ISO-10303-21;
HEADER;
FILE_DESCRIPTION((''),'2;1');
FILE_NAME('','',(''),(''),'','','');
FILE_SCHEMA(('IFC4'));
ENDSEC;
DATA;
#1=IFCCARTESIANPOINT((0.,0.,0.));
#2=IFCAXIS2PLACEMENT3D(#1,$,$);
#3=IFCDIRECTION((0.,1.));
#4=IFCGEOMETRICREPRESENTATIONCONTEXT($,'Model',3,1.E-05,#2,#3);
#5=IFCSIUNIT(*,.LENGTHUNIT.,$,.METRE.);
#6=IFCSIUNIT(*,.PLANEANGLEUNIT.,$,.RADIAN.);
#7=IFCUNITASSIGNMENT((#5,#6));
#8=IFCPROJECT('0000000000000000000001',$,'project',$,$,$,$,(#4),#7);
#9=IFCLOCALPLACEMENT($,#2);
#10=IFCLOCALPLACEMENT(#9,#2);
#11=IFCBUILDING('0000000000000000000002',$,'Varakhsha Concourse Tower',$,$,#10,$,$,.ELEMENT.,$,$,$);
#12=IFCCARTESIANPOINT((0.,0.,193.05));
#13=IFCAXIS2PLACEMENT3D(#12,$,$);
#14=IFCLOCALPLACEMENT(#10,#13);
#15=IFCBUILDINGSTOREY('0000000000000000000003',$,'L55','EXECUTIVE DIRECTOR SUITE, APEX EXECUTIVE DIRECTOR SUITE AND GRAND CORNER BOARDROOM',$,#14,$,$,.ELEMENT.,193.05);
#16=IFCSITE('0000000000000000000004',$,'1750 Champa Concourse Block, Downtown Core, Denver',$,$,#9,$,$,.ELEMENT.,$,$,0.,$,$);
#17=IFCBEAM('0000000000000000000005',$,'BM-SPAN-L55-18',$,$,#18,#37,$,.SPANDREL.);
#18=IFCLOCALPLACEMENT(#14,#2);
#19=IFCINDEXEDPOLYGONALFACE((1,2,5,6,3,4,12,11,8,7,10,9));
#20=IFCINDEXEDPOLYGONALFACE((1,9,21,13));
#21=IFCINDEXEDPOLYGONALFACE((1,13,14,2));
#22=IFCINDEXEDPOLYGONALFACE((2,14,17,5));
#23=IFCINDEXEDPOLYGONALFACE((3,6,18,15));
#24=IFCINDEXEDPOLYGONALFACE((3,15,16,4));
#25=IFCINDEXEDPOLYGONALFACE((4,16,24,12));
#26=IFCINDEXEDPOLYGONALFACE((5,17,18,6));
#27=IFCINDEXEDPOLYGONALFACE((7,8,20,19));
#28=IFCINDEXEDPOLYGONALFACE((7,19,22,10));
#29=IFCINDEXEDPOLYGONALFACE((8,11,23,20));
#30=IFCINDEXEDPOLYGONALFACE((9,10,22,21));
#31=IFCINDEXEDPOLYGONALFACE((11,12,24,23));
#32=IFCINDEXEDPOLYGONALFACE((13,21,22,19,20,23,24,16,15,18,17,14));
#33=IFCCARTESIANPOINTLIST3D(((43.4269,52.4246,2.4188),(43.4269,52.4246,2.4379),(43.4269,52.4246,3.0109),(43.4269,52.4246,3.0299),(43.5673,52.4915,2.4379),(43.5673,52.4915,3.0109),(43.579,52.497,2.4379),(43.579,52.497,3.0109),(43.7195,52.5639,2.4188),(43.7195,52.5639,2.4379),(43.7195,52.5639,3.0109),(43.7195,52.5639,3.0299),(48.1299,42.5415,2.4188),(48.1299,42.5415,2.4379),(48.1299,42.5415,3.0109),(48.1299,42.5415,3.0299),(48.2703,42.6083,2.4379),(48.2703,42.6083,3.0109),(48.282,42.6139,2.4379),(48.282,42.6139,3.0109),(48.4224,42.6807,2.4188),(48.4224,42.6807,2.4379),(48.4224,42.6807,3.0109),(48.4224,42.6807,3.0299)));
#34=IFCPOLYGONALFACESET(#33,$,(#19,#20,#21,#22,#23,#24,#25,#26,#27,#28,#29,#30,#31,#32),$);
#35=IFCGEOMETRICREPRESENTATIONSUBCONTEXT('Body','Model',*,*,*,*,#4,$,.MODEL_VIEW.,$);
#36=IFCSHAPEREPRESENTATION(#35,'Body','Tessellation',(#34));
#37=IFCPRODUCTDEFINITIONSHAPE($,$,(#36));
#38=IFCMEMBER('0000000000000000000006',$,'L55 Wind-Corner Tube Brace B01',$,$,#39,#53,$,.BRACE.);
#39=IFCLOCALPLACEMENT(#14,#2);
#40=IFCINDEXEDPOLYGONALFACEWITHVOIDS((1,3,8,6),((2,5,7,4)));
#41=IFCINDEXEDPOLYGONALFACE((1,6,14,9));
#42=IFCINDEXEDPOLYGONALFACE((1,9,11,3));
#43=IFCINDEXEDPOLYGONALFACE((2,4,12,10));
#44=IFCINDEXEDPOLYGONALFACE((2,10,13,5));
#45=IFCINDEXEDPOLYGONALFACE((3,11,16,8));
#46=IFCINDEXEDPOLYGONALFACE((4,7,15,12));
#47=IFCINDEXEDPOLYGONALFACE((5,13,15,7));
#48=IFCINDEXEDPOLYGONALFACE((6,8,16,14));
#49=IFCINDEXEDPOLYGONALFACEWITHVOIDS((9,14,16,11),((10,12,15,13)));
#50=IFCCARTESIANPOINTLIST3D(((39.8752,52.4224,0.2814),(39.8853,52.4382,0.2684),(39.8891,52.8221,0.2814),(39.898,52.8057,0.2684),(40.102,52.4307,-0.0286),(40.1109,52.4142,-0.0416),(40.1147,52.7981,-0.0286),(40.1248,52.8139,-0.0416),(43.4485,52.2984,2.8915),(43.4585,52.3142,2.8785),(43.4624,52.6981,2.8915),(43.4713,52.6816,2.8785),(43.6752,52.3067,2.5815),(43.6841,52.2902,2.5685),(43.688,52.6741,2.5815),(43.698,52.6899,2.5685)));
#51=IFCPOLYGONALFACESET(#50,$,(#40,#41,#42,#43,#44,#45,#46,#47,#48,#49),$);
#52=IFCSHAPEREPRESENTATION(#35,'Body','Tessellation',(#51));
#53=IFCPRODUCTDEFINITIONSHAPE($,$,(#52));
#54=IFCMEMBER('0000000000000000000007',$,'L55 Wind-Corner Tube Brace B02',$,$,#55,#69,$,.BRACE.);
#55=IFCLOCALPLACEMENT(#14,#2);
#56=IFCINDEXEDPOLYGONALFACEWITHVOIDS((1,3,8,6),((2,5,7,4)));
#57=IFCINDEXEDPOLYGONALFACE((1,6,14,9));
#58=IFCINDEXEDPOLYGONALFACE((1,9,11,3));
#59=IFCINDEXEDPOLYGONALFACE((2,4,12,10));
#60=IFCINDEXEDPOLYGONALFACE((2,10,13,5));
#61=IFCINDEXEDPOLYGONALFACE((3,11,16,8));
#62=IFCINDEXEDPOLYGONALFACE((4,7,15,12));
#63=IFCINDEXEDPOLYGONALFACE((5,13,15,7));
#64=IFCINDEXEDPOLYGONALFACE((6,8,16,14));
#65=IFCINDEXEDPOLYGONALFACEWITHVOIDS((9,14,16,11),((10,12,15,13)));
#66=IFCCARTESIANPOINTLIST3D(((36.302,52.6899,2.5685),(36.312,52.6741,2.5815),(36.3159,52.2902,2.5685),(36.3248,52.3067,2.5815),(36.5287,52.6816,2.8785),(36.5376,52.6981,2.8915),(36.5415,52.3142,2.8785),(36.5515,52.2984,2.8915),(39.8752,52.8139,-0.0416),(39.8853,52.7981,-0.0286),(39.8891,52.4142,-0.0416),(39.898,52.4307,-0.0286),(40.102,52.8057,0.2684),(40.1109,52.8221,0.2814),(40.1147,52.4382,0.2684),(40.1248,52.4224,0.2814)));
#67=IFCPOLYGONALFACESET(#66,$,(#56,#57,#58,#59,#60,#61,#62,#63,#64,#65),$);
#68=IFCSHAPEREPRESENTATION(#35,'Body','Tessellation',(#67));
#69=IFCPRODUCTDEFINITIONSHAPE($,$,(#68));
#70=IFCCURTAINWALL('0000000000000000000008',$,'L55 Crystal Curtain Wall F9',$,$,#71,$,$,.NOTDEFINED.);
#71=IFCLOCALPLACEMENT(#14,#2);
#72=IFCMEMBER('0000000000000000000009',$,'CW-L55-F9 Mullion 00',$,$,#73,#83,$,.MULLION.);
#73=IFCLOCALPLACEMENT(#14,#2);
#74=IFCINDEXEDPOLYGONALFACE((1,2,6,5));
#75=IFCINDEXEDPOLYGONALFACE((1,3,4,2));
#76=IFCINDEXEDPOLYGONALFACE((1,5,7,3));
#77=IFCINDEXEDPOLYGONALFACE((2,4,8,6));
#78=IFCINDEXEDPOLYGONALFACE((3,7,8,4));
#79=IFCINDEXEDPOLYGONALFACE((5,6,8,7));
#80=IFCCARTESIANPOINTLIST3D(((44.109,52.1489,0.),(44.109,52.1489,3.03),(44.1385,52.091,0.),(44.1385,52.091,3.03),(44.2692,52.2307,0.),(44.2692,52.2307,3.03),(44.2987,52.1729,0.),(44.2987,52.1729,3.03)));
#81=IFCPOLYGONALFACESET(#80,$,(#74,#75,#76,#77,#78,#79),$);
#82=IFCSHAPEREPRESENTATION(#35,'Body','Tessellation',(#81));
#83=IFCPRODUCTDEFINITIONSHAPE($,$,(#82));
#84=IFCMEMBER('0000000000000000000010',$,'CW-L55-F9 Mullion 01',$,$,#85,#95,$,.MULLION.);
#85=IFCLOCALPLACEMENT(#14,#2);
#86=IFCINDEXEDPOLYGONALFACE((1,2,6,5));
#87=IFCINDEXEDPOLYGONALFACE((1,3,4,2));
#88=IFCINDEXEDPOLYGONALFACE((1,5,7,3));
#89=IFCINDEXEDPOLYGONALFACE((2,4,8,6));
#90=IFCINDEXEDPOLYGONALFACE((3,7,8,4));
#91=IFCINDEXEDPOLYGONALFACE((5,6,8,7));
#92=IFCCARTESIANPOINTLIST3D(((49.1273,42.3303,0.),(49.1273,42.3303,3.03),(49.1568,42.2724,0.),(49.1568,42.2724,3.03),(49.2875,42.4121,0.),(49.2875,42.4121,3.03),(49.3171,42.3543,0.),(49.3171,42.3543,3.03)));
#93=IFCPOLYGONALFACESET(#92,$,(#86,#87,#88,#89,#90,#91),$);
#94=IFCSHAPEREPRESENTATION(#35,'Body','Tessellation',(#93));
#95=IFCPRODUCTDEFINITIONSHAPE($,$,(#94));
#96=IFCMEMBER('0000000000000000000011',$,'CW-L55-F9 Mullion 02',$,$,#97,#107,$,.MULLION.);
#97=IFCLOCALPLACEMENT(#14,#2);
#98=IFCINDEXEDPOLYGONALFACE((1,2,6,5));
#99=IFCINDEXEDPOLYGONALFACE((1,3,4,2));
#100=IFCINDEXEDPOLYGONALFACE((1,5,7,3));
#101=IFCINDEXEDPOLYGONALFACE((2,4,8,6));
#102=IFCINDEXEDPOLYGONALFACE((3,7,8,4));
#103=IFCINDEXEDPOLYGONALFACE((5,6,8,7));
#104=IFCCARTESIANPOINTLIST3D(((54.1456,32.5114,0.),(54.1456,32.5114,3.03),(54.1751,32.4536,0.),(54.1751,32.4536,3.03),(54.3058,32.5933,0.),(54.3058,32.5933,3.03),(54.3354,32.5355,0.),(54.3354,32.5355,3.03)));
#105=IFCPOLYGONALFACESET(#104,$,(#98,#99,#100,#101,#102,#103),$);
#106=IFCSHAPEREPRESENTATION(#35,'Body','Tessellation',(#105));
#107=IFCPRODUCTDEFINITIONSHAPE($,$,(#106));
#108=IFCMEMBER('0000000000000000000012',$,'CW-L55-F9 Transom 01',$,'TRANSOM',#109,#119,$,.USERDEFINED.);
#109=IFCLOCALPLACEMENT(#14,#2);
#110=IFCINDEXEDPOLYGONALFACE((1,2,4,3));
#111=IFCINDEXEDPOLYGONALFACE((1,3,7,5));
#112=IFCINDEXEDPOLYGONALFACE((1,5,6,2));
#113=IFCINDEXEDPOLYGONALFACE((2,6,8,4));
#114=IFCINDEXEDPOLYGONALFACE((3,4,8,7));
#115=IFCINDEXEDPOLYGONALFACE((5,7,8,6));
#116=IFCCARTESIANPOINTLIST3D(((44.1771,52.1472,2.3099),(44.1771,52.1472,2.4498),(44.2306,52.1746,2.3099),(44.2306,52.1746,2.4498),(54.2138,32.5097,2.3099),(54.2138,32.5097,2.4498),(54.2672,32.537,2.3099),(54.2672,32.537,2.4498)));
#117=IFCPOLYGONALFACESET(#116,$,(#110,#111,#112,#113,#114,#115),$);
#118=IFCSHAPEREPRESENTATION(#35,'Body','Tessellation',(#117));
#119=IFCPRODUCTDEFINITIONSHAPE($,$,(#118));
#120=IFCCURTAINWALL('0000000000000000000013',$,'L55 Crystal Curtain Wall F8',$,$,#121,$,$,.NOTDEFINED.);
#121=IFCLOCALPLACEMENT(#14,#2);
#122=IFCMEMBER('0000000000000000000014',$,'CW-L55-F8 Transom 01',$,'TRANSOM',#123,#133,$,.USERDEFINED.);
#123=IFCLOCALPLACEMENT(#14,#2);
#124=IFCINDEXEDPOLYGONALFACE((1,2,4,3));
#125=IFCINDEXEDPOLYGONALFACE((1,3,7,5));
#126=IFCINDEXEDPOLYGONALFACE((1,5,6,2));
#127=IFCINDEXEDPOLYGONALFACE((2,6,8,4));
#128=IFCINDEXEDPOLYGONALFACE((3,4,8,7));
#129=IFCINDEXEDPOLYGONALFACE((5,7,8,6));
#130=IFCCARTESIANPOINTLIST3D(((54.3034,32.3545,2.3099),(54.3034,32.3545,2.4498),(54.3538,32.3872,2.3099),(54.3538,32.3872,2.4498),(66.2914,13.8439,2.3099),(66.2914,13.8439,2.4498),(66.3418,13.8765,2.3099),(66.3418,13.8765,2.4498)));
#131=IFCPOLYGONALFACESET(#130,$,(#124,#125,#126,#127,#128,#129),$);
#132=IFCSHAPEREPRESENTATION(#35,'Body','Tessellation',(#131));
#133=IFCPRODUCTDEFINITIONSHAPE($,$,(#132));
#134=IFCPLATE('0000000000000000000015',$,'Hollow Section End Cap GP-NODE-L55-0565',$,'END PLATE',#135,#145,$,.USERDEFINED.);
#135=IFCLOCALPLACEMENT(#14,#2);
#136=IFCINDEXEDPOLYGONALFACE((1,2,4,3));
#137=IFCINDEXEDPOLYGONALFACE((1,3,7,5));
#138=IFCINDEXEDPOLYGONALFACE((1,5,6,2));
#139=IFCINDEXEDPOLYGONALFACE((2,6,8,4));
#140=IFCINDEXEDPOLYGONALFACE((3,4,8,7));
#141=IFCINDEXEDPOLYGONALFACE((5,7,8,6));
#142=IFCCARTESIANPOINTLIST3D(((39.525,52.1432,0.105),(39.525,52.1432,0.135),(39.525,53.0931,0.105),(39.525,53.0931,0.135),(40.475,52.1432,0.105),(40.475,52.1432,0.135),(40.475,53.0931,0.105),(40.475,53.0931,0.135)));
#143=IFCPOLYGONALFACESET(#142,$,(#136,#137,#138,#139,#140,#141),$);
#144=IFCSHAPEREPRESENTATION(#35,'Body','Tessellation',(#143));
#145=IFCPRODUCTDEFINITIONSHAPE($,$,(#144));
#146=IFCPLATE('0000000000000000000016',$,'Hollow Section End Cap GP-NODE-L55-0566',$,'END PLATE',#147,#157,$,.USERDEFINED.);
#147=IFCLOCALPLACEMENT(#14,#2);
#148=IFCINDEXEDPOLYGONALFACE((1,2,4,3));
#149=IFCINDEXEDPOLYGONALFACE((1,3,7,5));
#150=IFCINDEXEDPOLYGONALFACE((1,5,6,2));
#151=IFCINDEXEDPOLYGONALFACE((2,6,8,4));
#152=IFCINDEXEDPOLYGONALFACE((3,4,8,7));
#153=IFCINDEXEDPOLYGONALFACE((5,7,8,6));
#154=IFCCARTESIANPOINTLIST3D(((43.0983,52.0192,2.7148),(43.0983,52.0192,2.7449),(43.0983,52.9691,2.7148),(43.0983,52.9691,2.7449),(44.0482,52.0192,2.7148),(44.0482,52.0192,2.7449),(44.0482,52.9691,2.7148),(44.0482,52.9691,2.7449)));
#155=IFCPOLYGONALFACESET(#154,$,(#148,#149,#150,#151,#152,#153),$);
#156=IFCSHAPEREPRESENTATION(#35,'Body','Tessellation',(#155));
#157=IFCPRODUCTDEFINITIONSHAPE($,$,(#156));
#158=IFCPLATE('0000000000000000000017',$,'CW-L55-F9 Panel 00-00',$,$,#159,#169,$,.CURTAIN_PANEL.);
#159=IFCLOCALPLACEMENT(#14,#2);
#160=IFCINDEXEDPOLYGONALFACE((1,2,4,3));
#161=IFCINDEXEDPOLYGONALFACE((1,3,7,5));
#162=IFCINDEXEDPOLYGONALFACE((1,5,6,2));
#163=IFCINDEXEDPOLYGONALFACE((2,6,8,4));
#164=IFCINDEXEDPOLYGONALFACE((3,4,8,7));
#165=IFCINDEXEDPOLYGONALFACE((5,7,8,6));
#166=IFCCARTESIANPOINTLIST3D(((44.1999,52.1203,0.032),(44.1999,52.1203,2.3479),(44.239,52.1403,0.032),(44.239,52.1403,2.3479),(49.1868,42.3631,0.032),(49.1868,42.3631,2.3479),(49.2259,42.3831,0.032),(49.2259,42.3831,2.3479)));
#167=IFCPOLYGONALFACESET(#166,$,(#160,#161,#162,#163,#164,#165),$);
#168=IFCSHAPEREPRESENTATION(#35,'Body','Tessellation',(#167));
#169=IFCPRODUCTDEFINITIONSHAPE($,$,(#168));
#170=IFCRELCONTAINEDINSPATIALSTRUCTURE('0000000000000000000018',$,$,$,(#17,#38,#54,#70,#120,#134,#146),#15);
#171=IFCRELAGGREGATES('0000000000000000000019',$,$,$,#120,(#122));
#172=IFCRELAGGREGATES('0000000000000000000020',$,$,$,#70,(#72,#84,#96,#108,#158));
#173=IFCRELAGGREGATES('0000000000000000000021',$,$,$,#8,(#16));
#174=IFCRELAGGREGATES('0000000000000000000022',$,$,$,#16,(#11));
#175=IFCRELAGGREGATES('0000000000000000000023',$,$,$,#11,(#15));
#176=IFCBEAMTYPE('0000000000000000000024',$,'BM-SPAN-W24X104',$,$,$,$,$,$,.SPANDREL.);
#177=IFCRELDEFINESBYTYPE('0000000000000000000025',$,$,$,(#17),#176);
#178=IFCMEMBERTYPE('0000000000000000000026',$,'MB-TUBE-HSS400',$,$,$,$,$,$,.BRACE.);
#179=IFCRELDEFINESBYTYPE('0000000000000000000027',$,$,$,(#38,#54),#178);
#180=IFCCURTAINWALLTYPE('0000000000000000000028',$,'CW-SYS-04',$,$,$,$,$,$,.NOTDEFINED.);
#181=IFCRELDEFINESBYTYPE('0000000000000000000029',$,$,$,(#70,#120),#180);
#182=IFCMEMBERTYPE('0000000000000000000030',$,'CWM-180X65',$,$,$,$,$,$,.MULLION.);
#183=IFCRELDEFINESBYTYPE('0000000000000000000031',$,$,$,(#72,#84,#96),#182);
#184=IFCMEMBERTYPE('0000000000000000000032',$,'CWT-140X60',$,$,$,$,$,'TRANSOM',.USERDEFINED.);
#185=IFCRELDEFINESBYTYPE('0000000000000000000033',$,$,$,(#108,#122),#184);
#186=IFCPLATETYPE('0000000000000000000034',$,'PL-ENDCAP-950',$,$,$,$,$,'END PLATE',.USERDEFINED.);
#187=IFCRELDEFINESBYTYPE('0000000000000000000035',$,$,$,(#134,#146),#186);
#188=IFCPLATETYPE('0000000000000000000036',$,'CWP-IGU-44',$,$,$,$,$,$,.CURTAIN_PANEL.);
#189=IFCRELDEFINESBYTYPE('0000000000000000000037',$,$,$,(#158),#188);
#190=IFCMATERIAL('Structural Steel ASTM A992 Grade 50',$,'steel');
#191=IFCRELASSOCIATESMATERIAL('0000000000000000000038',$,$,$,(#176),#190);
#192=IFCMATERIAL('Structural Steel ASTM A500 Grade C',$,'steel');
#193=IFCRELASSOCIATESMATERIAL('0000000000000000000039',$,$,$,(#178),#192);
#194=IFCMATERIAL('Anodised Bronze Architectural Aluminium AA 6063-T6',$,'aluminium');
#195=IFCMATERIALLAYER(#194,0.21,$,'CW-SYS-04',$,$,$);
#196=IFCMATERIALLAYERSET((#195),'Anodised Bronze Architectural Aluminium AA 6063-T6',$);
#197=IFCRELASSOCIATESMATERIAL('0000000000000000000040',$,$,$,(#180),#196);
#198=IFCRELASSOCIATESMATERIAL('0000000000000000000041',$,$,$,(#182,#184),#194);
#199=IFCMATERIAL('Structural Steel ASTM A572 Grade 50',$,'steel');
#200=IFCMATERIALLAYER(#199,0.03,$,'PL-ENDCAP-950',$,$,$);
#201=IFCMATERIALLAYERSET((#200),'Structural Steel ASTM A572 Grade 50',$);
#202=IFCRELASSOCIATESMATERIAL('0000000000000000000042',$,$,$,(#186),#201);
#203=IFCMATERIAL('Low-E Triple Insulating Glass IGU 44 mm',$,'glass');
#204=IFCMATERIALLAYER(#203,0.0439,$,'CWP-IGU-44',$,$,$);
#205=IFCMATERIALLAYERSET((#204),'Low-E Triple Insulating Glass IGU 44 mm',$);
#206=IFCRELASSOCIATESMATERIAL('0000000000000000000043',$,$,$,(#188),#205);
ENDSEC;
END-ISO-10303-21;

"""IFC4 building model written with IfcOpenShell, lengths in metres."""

from ifc_helpers import new_model, si_unit, direction, frame, origin, origin_2d, place, context, subcontext, project, spatial, rectangle, hollow_rectangle, i_section, extrude, source, transform, mapped, material, layer, layer_set, material_profile, profile_set, type_object, type_shapes, element, aggregate, save


model = new_model("IFC4")

# Units and contexts
model_context = context("Model", 3, precision=1e-05, world=origin(), true_north=direction((0.0, 1.0)))
body_context = subcontext(model_context, "Body", "Model", "MODEL_VIEW")
ifc_project = project(units=[si_unit("LENGTHUNIT", "METRE"), si_unit("PLANEANGLEUNIT", "RADIAN")], contexts=[model_context])

# Site, building, storey
site_placement = place(None, origin())
site = spatial("IfcSite", under=ifc_project, at=site_placement, Name="1750 Champa Concourse Block, Downtown Core, Denver", CompositionType="ELEMENT", RefElevation=0.0)
building_placement = place(site_placement, origin())
building = spatial("IfcBuilding", under=site, at=building_placement, Name="Varakhsha Concourse Tower", CompositionType="ELEMENT")
storey_placement = place(building_placement, frame((0.0, 0.0, 193.05)))
storey = spatial("IfcBuildingStorey", under=building, at=storey_placement, Name="L55", Description="EXECUTIVE DIRECTOR SUITE, APEX EXECUTIVE DIRECTOR SUITE AND GRAND CORNER BOARDROOM", CompositionType="ELEMENT", Elevation=193.05)

# Shared definitions
ifc_material_1 = material(Name="Structural Steel ASTM A992 Grade 50", Category="steel")
ifc_material_2 = material(Name="Structural Steel ASTM A572 Grade 50", Category="steel")

# Beam
ifc_material_profile_1 = material_profile(ifc_material_1, i_section(OverallWidth=0.324, OverallDepth=0.6111, WebThickness=0.0129, FlangeThickness=0.019, at=origin_2d()), Name="W24X104")
ifc_profile_set_1 = profile_set([ifc_material_profile_1], Name="Structural Steel ASTM A992 Grade 50")
beam_type_1 = type_object("IfcBeamType", Name="BM-SPAN-W24X104", PredefinedType="SPANDREL", material=ifc_profile_set_1)
beam_1_placement = place(storey_placement, frame((48.2761, 42.6111, 2.7244), z_axis=(-0.429685, 0.902979, 0.0), x_axis=(-0.902979, -0.429685, 0.0)))
element("IfcBeam", 1, at=beam_1_placement, inside=storey, type_object=beam_type_1, Name="BM-SPAN-L55-18", PredefinedType="SPANDREL", context=body_context, shape_type="SweptSolid", body=[
    extrude(i_section(OverallWidth=0.324, OverallDepth=0.6111, WebThickness=0.0129, FlangeThickness=0.019, at=origin_2d()), origin(), (0.0, 0.0, 1.0), 10.9451),
])

# Members
ifc_material_3 = material(Name="Structural Steel ASTM A500 Grade C", Category="steel")
ifc_material_profile_2 = material_profile(ifc_material_3, hollow_rectangle(XDim=0.3999, YDim=0.3999, WallThickness=0.0161, at=origin_2d()), Name="HSS 400x400x16")
ifc_profile_set_2 = profile_set([ifc_material_profile_2], Name="Structural Steel ASTM A500 Grade C")
member_type_1 = type_object("IfcMemberType", Name="MB-TUBE-HSS400", PredefinedType="BRACE", material=ifc_profile_set_2)
shared_shape_1 = source(origin(), body_context, "Body", "SweptSolid", [
    extrude(hollow_rectangle(XDim=0.3999, YDim=0.3999, WallThickness=0.0161, at=origin_2d()), origin(), (0.0, 0.0, 1.0), 4.4268),
])
type_shapes(member_type_1, [shared_shape_1])
for number, where, z_axis, x_axis, name in (
    (2, (40.0, 52.6182, 0.1199), (0.807193, -0.028017, 0.589622), (0.034688, 0.999398, 0.0), "L55 Wind-Corner Tube Brace B01"),
    (3, (40.0, 52.6182, 0.1199), (-0.807193, -0.028017, 0.589622), (0.034688, -0.999398, 0.0), "L55 Wind-Corner Tube Brace B02"),
):
    element("IfcMember", number, at=place(storey_placement, frame(where, z_axis=z_axis, x_axis=x_axis)), inside=storey, type_object=member_type_1, Name=name, PredefinedType="BRACE", context=body_context, shape_type="MappedRepresentation", body=[
        mapped(shared_shape_1, transform((0.0, 0.0, 0.0), scale=1.0)),
    ])

# Curtain wall, members
ifc_material_4 = material(Name="Anodised Bronze Architectural Aluminium AA 6063-T6", Category="aluminium")
ifc_layer_1 = layer(ifc_material_4, 0.21, Name="CW-SYS-04")
ifc_layer_set_1 = layer_set([ifc_layer_1], Name="Anodised Bronze Architectural Aluminium AA 6063-T6")
curtain_wall_type = type_object("IfcCurtainWallType", Name="CW-SYS-04", PredefinedType="NOTDEFINED", material=ifc_layer_set_1)
curtain_wall_1_placement = place(storey_placement, origin())
curtain_wall_1 = element("IfcCurtainWall", 4, at=curtain_wall_1_placement, inside=storey, type_object=curtain_wall_type, Name="L55 Crystal Curtain Wall F9", PredefinedType="NOTDEFINED")
ifc_material_profile_3 = material_profile(ifc_material_4, rectangle(XDim=0.0649, YDim=0.1799, at=origin_2d()), Name="CWM-180X65")
ifc_profile_set_3 = profile_set([ifc_material_profile_3], Name="Anodised Bronze Architectural Aluminium AA 6063-T6")
member_type_2 = type_object("IfcMemberType", Name="CWM-180X65", PredefinedType="MULLION", material=ifc_profile_set_3)
shared_shape_2 = source(origin(), body_context, "Body", "SweptSolid", [
    extrude(rectangle(XDim=0.0649, YDim=0.1799, at=origin_2d()), origin(), (0.0, 0.0, 1.0), 3.03),
])
type_shapes(member_type_2, [shared_shape_2])
member_1_placement = place(storey_placement, frame((44.2039, 52.1609, 0.0), z_axis=(0.0, 0.0, 1.0), x_axis=(0.455102, -0.890439, 0.0)))
member_1 = element("IfcMember", 5, at=member_1_placement, type_object=member_type_2, Name="CW-L55-F9 Mullion 00", PredefinedType="MULLION", context=body_context, shape_type="MappedRepresentation", body=[
    mapped(shared_shape_2, transform((0.0, 0.0, 0.0), scale=1.0)),
])
member_2_placement = place(storey_placement, frame((49.2222, 42.3423, 0.0), z_axis=(0.0, 0.0, 1.0), x_axis=(0.455102, -0.890439, 0.0)))
member_2 = element("IfcMember", 6, at=member_2_placement, type_object=member_type_2, Name="CW-L55-F9 Mullion 01", PredefinedType="MULLION", context=body_context, shape_type="MappedRepresentation", body=[
    mapped(shared_shape_2, transform((0.0, 0.0, 0.0), scale=1.0)),
])
member_3_placement = place(storey_placement, frame((54.2405, 32.5234, 0.0), z_axis=(0.0, 0.0, 1.0), x_axis=(0.455102, -0.890439, 0.0)))
member_3 = element("IfcMember", 7, at=member_3_placement, type_object=member_type_2, Name="CW-L55-F9 Mullion 02", PredefinedType="MULLION", context=body_context, shape_type="MappedRepresentation", body=[
    mapped(shared_shape_2, transform((0.0, 0.0, 0.0), scale=1.0)),
])
ifc_material_profile_4 = material_profile(ifc_material_4, rectangle(XDim=0.0601, YDim=0.1399, at=origin_2d()), Name="CWT-140X60")
ifc_profile_set_4 = profile_set([ifc_material_profile_4], Name="Anodised Bronze Architectural Aluminium AA 6063-T6")
member_type_3 = type_object("IfcMemberType", Name="CWT-140X60", ElementType="TRANSOM", PredefinedType="USERDEFINED", material=ifc_profile_set_4)
shared_shape_3 = source(origin(), body_context, "Body", "SweptSolid", [
    extrude(rectangle(XDim=0.0601, YDim=0.1399, at=origin_2d()), origin(), (0.0, 0.0, 1.0), 22.0537),
])
member_4_placement = place(storey_placement, frame((44.2039, 52.1609, 2.3799), z_axis=(0.4551, -0.89044, 0.0), x_axis=(0.89044, 0.4551, 0.0)))
member_4 = element("IfcMember", 8, at=member_4_placement, type_object=member_type_3, Name="CW-L55-F9 Transom 01", ObjectType="TRANSOM", PredefinedType="USERDEFINED", context=body_context, shape_type="MappedRepresentation", body=[
    mapped(shared_shape_3, transform((0.0, 0.0, 0.0), scale=1.0)),
])

# Curtain wall, member
curtain_wall_2_placement = place(storey_placement, origin())
curtain_wall_2 = element("IfcCurtainWall", 9, at=curtain_wall_2_placement, inside=storey, type_object=curtain_wall_type, Name="L55 Crystal Curtain Wall F8", PredefinedType="NOTDEFINED")
shared_shape_4 = source(origin(), body_context, "Body", "SweptSolid", [
    extrude(rectangle(XDim=0.0601, YDim=0.1399, at=origin_2d()), origin(), (0.0, 0.0, 1.0), 22.0535),
])
type_shapes(member_type_3, [shared_shape_3, shared_shape_4])
member_5_placement = place(storey_placement, frame((54.3286, 32.3708, 2.3799), z_axis=(0.543587, -0.839353, 0.0), x_axis=(0.839353, 0.543587, 0.0)))
member_5 = element("IfcMember", 10, at=member_5_placement, type_object=member_type_3, Name="CW-L55-F8 Transom 01", ObjectType="TRANSOM", PredefinedType="USERDEFINED", context=body_context, shape_type="MappedRepresentation", body=[
    mapped(shared_shape_4, transform((0.0, 0.0, 0.0), scale=1.0)),
])
aggregate(curtain_wall_2, [member_5])

# Plates
ifc_layer_2 = layer(ifc_material_2, 0.03, Name="PL-ENDCAP-950")
ifc_layer_set_2 = layer_set([ifc_layer_2], Name="Structural Steel ASTM A572 Grade 50")
plate_type_1 = type_object("IfcPlateType", Name="PL-ENDCAP-950", ElementType="END PLATE", PredefinedType="USERDEFINED", material=ifc_layer_set_2)
shared_shape_5 = source(origin(), body_context, "Body", "SweptSolid", [
    extrude(rectangle(XDim=0.95, YDim=0.95, at=origin_2d()), origin(), (0.0, 0.0, 1.0), 0.03),
])
type_shapes(plate_type_1, [shared_shape_5])
for number, where, z_axis, x_axis, name in (
    (11, (40.0, 52.6182, 0.105), (0.0, 0.0, 1.0), (1.0, 0.0, 0.0), "Hollow Section End Cap GP-NODE-L55-0565"),
    (12, (43.5732, 52.4941, 2.7148), (0.0, 0.0, 1.0), (1.0, 0.0, 0.0), "Hollow Section End Cap GP-NODE-L55-0566"),
):
    element("IfcPlate", number, at=place(storey_placement, frame(where, z_axis=z_axis, x_axis=x_axis)), inside=storey, type_object=plate_type_1, Name=name, ObjectType="END PLATE", PredefinedType="USERDEFINED", context=body_context, shape_type="MappedRepresentation", body=[
        mapped(shared_shape_5, transform((0.0, 0.0, 0.0), scale=1.0)),
    ])

# Plate
ifc_material_5 = material(Name="Low-E Triple Insulating Glass IGU 44 mm", Category="glass")
ifc_layer_3 = layer(ifc_material_5, 0.0439, Name="CWP-IGU-44")
ifc_layer_set_3 = layer_set([ifc_layer_3], Name="Low-E Triple Insulating Glass IGU 44 mm")
plate_type_2 = type_object("IfcPlateType", Name="CWP-IGU-44", PredefinedType="CURTAIN_PANEL", material=ifc_layer_set_3)
shared_shape_6 = source(origin(), body_context, "Body", "SweptSolid", [
    extrude(rectangle(XDim=10.9578, YDim=0.0439, at=origin_2d()), origin(), (0.0, 0.0, 1.0), 2.3159),
])
plate_1_placement = place(storey_placement, frame((46.7129, 47.2517, 0.032), z_axis=(0.0, 0.0, 1.0), x_axis=(0.455102, -0.890439, 0.0)))
plate_1 = element("IfcPlate", 13, at=plate_1_placement, type_object=plate_type_2, Name="CW-L55-F9 Panel 00-00", PredefinedType="CURTAIN_PANEL", context=body_context, shape_type="MappedRepresentation", body=[
    mapped(shared_shape_6, transform((0.0, 0.0, 0.0), scale=1.0)),
])
aggregate(curtain_wall_1, [member_1, member_2, member_3, member_4, plate_1])

save(model, "model.ifc")
